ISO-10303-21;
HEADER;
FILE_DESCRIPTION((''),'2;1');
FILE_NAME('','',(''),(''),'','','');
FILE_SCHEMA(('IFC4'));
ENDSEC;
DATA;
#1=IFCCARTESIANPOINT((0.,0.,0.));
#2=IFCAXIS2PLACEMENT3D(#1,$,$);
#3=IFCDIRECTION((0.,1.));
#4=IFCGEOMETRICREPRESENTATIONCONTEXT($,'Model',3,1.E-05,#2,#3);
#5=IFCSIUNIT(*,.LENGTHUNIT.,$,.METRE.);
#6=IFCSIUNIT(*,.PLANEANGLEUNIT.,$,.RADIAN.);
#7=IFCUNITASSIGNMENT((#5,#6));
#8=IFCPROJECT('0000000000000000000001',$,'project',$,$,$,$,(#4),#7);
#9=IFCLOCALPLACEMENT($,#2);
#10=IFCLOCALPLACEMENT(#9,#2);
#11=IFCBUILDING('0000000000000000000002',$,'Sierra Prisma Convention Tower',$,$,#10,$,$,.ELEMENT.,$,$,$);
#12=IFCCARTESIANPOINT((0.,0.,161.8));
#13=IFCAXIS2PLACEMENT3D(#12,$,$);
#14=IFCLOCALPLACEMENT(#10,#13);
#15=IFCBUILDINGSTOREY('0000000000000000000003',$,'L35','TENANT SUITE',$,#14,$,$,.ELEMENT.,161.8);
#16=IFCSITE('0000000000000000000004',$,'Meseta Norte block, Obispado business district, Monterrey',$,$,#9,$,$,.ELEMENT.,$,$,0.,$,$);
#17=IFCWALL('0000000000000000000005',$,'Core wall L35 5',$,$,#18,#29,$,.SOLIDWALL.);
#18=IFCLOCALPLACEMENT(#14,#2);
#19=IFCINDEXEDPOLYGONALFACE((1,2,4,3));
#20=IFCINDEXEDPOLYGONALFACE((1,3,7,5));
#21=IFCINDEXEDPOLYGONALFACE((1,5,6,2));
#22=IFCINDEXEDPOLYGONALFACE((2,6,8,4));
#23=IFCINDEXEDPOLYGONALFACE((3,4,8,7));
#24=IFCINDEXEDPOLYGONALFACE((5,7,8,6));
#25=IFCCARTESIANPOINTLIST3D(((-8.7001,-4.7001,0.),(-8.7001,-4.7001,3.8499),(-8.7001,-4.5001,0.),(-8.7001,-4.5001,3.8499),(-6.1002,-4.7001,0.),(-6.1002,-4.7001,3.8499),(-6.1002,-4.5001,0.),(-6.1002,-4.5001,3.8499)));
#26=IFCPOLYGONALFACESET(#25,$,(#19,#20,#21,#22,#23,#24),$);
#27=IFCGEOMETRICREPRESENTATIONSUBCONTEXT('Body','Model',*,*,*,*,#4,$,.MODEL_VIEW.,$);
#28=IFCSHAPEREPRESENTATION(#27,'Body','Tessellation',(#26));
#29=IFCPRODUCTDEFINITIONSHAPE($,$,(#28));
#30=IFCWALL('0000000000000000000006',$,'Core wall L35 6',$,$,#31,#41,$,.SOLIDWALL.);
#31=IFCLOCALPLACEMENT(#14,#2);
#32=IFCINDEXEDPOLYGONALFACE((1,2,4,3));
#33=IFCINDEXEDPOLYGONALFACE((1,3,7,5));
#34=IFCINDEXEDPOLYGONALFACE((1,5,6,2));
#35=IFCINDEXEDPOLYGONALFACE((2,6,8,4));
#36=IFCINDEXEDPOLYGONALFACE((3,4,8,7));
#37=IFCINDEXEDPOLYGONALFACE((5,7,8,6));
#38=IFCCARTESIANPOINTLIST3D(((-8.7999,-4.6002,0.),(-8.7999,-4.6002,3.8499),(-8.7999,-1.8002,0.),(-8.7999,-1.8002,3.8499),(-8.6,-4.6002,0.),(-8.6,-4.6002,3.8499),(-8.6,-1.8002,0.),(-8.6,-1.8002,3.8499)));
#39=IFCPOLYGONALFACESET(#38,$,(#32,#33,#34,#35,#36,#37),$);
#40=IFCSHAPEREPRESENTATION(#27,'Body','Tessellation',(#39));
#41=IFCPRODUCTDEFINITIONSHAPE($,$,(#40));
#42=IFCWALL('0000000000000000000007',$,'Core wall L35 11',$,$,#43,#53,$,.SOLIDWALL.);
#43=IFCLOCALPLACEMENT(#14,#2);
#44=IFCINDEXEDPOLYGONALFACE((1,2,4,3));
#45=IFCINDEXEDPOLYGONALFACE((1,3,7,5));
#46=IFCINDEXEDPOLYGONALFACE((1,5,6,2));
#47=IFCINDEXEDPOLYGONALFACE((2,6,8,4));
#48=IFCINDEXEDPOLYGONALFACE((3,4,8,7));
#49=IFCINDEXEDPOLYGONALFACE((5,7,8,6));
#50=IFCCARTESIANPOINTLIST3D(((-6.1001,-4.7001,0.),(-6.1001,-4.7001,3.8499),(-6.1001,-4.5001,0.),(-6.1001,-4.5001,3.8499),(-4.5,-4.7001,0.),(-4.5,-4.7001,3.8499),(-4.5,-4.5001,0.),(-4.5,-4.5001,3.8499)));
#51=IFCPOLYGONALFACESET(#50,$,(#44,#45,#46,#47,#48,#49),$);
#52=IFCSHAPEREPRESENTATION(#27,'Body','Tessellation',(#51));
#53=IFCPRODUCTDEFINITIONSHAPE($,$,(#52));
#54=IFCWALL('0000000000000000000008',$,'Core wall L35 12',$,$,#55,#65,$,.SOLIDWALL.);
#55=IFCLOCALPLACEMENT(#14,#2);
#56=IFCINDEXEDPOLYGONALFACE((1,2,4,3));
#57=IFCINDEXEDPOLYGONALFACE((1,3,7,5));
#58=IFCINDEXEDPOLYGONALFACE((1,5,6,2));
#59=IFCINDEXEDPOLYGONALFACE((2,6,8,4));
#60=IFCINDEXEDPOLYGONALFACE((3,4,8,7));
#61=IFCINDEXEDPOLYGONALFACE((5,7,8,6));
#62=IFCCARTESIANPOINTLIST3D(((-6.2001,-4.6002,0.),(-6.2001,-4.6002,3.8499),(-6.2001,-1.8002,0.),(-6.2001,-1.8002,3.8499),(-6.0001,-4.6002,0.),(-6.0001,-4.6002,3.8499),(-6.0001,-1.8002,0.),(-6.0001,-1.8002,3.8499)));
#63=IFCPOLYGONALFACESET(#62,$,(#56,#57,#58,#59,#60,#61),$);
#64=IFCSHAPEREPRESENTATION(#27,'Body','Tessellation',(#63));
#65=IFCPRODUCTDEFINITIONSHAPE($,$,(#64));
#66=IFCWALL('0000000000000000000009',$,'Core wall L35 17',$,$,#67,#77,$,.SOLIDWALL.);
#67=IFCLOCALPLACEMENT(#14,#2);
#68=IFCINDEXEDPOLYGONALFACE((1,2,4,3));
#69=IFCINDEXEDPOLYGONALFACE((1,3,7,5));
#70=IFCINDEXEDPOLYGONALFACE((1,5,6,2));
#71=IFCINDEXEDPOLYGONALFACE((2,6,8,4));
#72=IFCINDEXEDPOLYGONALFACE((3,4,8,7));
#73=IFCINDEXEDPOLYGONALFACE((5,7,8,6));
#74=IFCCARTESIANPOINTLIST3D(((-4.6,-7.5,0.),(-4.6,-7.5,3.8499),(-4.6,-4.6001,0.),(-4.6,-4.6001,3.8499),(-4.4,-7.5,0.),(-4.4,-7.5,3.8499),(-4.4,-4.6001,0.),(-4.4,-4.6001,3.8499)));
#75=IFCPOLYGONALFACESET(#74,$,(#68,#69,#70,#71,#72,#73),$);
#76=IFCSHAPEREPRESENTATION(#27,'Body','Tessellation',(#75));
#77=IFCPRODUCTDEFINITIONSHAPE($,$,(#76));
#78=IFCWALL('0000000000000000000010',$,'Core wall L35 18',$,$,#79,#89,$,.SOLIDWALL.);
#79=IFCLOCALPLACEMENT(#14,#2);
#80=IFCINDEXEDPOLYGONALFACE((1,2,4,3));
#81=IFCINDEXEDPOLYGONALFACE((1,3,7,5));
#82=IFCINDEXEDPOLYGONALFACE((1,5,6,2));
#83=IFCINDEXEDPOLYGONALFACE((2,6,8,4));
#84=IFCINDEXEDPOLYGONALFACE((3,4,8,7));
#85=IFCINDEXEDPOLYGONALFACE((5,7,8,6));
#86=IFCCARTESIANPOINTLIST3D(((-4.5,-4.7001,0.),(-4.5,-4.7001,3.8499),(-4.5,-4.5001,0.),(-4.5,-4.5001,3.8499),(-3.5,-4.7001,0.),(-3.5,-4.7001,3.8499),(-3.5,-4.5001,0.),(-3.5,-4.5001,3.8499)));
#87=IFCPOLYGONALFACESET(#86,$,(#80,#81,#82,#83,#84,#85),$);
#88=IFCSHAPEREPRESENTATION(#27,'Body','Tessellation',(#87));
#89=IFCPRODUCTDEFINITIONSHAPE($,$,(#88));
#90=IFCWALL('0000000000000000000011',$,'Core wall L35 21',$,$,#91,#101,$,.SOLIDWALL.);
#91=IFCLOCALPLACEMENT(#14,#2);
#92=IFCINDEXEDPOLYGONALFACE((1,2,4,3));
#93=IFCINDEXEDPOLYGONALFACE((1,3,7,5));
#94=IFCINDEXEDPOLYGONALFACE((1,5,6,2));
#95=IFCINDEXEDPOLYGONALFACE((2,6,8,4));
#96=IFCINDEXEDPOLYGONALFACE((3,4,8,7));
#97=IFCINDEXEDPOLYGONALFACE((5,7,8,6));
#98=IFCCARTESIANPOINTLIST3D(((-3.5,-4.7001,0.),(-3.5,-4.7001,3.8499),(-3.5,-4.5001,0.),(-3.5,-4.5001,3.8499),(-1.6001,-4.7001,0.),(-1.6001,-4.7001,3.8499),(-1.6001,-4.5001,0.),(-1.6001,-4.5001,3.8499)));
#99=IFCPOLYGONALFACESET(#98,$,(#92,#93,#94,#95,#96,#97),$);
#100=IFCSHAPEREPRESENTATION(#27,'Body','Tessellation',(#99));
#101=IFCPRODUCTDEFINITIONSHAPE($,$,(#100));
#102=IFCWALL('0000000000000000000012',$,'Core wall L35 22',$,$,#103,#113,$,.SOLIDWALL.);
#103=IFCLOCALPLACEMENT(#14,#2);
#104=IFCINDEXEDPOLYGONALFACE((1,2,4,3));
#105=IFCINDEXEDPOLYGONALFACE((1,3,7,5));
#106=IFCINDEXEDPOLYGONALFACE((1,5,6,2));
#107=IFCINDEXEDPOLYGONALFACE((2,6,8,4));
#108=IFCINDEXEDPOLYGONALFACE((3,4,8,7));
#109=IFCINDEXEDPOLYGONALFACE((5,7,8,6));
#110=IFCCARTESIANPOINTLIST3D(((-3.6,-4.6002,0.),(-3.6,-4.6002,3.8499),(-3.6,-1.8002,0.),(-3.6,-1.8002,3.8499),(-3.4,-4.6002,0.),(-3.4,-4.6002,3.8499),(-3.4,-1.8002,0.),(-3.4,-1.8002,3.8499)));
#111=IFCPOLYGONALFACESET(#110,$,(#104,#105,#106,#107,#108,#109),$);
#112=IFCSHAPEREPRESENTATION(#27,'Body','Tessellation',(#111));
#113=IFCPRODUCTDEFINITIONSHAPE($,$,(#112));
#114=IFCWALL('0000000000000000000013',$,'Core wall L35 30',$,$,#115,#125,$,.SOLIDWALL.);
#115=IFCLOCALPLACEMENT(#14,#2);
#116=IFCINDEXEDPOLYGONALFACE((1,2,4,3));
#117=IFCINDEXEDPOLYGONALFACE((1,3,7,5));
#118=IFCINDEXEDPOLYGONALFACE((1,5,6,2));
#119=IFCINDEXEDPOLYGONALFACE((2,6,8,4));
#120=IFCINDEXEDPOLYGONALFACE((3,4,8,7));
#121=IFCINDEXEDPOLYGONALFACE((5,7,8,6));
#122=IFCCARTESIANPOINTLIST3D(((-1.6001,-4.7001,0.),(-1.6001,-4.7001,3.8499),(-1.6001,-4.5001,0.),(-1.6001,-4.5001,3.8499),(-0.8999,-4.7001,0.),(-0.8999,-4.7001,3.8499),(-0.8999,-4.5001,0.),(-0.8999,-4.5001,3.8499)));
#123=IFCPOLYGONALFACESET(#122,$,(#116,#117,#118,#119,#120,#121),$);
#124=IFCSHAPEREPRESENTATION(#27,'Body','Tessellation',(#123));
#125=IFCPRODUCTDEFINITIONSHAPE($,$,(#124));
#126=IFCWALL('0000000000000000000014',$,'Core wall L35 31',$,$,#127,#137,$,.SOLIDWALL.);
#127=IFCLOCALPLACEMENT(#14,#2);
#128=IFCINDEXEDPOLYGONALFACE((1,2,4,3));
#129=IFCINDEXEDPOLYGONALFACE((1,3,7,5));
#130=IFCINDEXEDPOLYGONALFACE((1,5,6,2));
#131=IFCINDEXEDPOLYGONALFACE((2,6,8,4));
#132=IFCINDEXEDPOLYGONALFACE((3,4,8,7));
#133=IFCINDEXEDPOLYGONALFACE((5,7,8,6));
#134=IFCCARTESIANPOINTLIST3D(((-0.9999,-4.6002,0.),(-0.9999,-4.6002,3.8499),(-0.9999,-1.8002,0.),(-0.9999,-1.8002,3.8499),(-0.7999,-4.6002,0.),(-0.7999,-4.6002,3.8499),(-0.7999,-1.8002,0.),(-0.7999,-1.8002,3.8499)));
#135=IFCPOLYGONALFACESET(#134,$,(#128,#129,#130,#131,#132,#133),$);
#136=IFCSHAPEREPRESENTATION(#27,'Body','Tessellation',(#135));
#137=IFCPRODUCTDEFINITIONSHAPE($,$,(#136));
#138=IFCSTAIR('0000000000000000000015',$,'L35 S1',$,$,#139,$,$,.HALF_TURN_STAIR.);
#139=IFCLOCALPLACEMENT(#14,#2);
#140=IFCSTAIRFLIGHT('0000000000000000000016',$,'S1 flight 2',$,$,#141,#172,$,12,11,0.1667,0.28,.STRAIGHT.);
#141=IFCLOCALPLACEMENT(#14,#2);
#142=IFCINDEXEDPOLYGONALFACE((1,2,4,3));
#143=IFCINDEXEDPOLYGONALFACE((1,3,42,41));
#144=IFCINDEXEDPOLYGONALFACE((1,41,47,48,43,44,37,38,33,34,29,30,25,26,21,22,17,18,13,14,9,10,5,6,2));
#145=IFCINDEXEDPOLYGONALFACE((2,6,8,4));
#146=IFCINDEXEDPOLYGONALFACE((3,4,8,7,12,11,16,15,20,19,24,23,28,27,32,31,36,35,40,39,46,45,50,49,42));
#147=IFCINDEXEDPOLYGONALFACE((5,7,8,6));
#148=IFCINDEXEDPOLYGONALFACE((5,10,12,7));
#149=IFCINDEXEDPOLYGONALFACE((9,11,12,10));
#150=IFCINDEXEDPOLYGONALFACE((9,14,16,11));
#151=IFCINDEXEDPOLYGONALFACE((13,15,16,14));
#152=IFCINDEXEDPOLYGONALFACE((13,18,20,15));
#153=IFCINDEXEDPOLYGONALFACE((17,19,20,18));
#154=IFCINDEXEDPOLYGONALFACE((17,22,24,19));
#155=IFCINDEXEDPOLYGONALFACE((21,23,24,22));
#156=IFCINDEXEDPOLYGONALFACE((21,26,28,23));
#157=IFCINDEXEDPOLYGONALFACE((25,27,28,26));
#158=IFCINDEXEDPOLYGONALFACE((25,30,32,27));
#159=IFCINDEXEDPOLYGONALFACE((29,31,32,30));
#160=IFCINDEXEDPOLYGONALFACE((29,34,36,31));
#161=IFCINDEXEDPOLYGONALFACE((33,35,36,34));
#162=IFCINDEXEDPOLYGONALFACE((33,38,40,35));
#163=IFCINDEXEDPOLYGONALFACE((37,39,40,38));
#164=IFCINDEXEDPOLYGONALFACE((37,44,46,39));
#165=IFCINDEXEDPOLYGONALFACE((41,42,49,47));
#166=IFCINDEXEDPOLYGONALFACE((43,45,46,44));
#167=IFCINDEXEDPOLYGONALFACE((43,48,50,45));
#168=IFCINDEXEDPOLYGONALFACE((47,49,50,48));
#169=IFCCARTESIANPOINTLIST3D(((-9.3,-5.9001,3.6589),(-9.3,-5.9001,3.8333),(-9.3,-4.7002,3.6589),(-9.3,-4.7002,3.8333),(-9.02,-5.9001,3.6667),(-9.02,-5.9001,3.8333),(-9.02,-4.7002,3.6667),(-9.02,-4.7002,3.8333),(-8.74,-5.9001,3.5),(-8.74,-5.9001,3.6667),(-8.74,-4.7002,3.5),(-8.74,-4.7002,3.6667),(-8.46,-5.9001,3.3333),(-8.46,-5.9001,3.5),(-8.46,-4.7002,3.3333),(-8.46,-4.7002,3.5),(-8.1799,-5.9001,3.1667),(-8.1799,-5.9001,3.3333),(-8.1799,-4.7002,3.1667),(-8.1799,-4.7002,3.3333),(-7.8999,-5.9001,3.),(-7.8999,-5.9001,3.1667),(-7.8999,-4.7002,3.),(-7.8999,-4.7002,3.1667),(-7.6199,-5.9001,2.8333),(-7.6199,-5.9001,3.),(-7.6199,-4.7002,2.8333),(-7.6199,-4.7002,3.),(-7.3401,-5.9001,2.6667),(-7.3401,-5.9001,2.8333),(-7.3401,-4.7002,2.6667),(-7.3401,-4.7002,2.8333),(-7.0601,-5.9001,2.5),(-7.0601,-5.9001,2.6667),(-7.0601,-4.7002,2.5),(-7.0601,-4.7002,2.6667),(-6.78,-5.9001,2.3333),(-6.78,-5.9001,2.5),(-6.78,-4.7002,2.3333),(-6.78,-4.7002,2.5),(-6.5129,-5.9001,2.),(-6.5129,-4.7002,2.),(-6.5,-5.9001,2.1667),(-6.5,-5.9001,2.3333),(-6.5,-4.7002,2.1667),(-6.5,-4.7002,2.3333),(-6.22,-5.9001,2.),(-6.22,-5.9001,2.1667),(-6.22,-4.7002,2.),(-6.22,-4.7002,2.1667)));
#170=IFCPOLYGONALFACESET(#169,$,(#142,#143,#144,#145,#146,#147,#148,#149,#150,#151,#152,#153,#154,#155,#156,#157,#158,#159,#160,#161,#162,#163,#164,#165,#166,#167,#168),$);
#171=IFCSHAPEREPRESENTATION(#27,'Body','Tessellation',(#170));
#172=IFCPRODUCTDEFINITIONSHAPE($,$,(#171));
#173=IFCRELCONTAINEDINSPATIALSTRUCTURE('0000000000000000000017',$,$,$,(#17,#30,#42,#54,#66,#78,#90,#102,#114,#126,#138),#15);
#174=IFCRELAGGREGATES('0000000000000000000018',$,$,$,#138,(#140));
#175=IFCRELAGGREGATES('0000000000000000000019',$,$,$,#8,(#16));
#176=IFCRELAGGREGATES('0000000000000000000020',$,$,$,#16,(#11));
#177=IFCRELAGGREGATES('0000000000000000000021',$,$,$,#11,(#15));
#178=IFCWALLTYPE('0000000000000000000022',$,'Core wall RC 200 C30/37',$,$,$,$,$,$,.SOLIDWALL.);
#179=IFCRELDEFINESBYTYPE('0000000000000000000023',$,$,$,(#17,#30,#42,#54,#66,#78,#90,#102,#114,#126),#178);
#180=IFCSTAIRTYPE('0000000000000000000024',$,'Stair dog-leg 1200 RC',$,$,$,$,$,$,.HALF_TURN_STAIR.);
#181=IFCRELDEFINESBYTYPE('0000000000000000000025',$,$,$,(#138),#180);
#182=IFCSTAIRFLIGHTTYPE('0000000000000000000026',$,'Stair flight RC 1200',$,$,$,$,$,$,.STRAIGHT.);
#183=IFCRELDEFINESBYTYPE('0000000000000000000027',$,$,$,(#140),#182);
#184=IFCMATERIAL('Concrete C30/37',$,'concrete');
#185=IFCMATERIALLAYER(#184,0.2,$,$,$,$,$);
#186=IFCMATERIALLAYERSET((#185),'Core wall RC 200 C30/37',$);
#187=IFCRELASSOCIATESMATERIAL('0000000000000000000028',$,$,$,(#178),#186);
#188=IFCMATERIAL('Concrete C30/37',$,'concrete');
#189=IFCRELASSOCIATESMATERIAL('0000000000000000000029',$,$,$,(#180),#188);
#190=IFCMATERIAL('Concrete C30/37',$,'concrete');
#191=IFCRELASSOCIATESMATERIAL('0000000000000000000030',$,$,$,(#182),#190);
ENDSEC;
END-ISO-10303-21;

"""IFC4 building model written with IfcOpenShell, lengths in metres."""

from ifc_helpers import new_model, si_unit, direction, frame, frame_2d, origin, place, context, subcontext, project, spatial, polyline, rectangle, outline, extrude, material, layer, layer_set, type_object, element, aggregate, save


model = new_model("IFC4")

# Units and contexts
model_context = context("Model", 3, precision=1e-05, world=origin(), true_north=direction((0.0, 1.0)))
body_context = subcontext(model_context, "Body", "Model", "MODEL_VIEW")
ifc_project = project(units=[si_unit("LENGTHUNIT", "METRE"), si_unit("PLANEANGLEUNIT", "RADIAN")], contexts=[model_context])

# Site, building, storey
site_placement = place(None, origin())
site = spatial("IfcSite", under=ifc_project, at=site_placement, Name="Meseta Norte block, Obispado business district, Monterrey", CompositionType="ELEMENT", RefElevation=0.0)
building_placement = place(site_placement, origin())
building = spatial("IfcBuilding", under=site, at=building_placement, Name="Sierra Prisma Convention Tower", CompositionType="ELEMENT")
storey_placement = place(building_placement, frame((0.0, 0.0, 161.8)))
storey = spatial("IfcBuildingStorey", under=building, at=storey_placement, Name="L35", Description="TENANT SUITE", CompositionType="ELEMENT", Elevation=161.8)

# Shared definitions
ifc_material_1 = material(Name="Concrete C30/37", Category="concrete")
ifc_layer = layer(ifc_material_1, 0.2)
ifc_layer_set = layer_set([ifc_layer], Name="Core wall RC 200 C30/37")
wall_type = type_object("IfcWallType", Name="Core wall RC 200 C30/37", PredefinedType="SOLIDWALL", material=ifc_layer_set)

# Walls
wall_1_placement = place(storey_placement, frame((-8.7, -4.6001, 0.0), z_axis=(0.0, 0.0, 1.0), x_axis=(1.0, 0.0, 0.0)))
element("IfcWall", 1, at=wall_1_placement, inside=storey, type_object=wall_type, Name="Core wall L35 5", PredefinedType="SOLIDWALL", context=body_context, shape_type="SweptSolid", body=[
    extrude(rectangle(XDim=2.5999, YDim=0.2, at=frame_2d((1.2998, 0.0))), origin(), (0.0, 0.0, 1.0), 3.8499),
])
wall_2_placement = place(storey_placement, frame((-8.7, -4.6001, 0.0), z_axis=(0.0, 0.0, 1.0), x_axis=(0.0, 1.0, 0.0)))
element("IfcWall", 2, at=wall_2_placement, inside=storey, type_object=wall_type, Name="Core wall L35 6", PredefinedType="SOLIDWALL", context=body_context, shape_type="SweptSolid", body=[
    extrude(rectangle(XDim=2.8, YDim=0.2, at=frame_2d((1.3999, 0.0))), origin(), (0.0, 0.0, 1.0), 3.8499),
])

# Walls
wall_3_placement = place(storey_placement, frame((-6.1001, -4.6001, 0.0), z_axis=(0.0, 0.0, 1.0), x_axis=(1.0, 0.0, 0.0)))
element("IfcWall", 3, at=wall_3_placement, inside=storey, type_object=wall_type, Name="Core wall L35 11", PredefinedType="SOLIDWALL", context=body_context, shape_type="SweptSolid", body=[
    extrude(rectangle(XDim=1.6001, YDim=0.2, at=frame_2d((0.8, 0.0))), origin(), (0.0, 0.0, 1.0), 3.8499),
])
wall_4_placement = place(storey_placement, frame((-6.1001, -4.6001, 0.0), z_axis=(0.0, 0.0, 1.0), x_axis=(0.0, 1.0, 0.0)))
element("IfcWall", 4, at=wall_4_placement, inside=storey, type_object=wall_type, Name="Core wall L35 12", PredefinedType="SOLIDWALL", context=body_context, shape_type="SweptSolid", body=[
    extrude(rectangle(XDim=2.8, YDim=0.2, at=frame_2d((1.3999, 0.0))), origin(), (0.0, 0.0, 1.0), 3.8499),
])

# Walls
wall_5_placement = place(storey_placement, frame((-4.5, -4.6001, 0.0), z_axis=(0.0, 0.0, 1.0), x_axis=(0.0, -1.0, 0.0)))
element("IfcWall", 5, at=wall_5_placement, inside=storey, type_object=wall_type, Name="Core wall L35 17", PredefinedType="SOLIDWALL", context=body_context, shape_type="SweptSolid", body=[
    extrude(rectangle(XDim=2.8999, YDim=0.2, at=frame_2d((1.45, 0.0))), origin(), (0.0, 0.0, 1.0), 3.8499),
])
wall_6_placement = place(storey_placement, frame((-4.5, -4.6001, 0.0), z_axis=(0.0, 0.0, 1.0), x_axis=(1.0, 0.0, 0.0)))
element("IfcWall", 6, at=wall_6_placement, inside=storey, type_object=wall_type, Name="Core wall L35 18", PredefinedType="SOLIDWALL", context=body_context, shape_type="SweptSolid", body=[
    extrude(rectangle(XDim=1.0, YDim=0.2, at=frame_2d((0.5, 0.0))), origin(), (0.0, 0.0, 1.0), 3.8499),
])
wall_7_placement = place(storey_placement, frame((-3.5, -4.6001, 0.0), z_axis=(0.0, 0.0, 1.0), x_axis=(1.0, 0.0, 0.0)))
element("IfcWall", 7, at=wall_7_placement, inside=storey, type_object=wall_type, Name="Core wall L35 21", PredefinedType="SOLIDWALL", context=body_context, shape_type="SweptSolid", body=[
    extrude(rectangle(XDim=1.8999, YDim=0.2, at=frame_2d((0.95, 0.0))), origin(), (0.0, 0.0, 1.0), 3.8499),
])
wall_8_placement = place(storey_placement, frame((-3.5, -4.6001, 0.0), z_axis=(0.0, 0.0, 1.0), x_axis=(0.0, 1.0, 0.0)))
element("IfcWall", 8, at=wall_8_placement, inside=storey, type_object=wall_type, Name="Core wall L35 22", PredefinedType="SOLIDWALL", context=body_context, shape_type="SweptSolid", body=[
    extrude(rectangle(XDim=2.8, YDim=0.2, at=frame_2d((1.3999, 0.0))), origin(), (0.0, 0.0, 1.0), 3.8499),
])

# Walls
wall_9_placement = place(storey_placement, frame((-1.6001, -4.6001, 0.0), z_axis=(0.0, 0.0, 1.0), x_axis=(1.0, 0.0, 0.0)))
element("IfcWall", 9, at=wall_9_placement, inside=storey, type_object=wall_type, Name="Core wall L35 30", PredefinedType="SOLIDWALL", context=body_context, shape_type="SweptSolid", body=[
    extrude(rectangle(XDim=0.7002, YDim=0.2, at=frame_2d((0.3501, 0.0))), origin(), (0.0, 0.0, 1.0), 3.8499),
])
wall_10_placement = place(storey_placement, frame((-0.8999, -4.6001, 0.0), z_axis=(0.0, 0.0, 1.0), x_axis=(0.0, 1.0, 0.0)))
element("IfcWall", 10, at=wall_10_placement, inside=storey, type_object=wall_type, Name="Core wall L35 31", PredefinedType="SOLIDWALL", context=body_context, shape_type="SweptSolid", body=[
    extrude(rectangle(XDim=2.8, YDim=0.2, at=frame_2d((1.3999, 0.0))), origin(), (0.0, 0.0, 1.0), 3.8499),
])

# Stair, stair flight
ifc_material_2 = material(Name="Concrete C30/37", Category="concrete")
stair_type = type_object("IfcStairType", Name="Stair dog-leg 1200 RC", PredefinedType="HALF_TURN_STAIR", material=ifc_material_2)
stair_placement = place(storey_placement, origin())
stair = element("IfcStair", 11, at=stair_placement, inside=storey, type_object=stair_type, Name="L35 S1", PredefinedType="HALF_TURN_STAIR")
ifc_material_3 = material(Name="Concrete C30/37", Category="concrete")
stair_flight_type = type_object("IfcStairFlightType", Name="Stair flight RC 1200", PredefinedType="STRAIGHT", material=ifc_material_3)
stair_flight_placement = place(storey_placement, frame((-6.22, -5.3, 2.0), z_axis=(0.0, 0.0, 1.0), x_axis=(-1.0, 0.0, 0.0)))
stair_flight = element("IfcStairFlight", 12, at=stair_flight_placement, type_object=stair_flight_type, Name="S1 flight 2", NumberOfRisers=12, NumberOfTreads=11, PredefinedType="STRAIGHT", RiserHeight=0.1667, TreadLength=0.28, context=body_context, shape_type="SweptSolid", body=[
    extrude(outline(polyline([(0.0, 0.0), (0.0, 0.1667), (0.28, 0.1667), (0.28, 0.3333), (0.5601, 0.3333), (0.5601, 0.5), (0.8401, 0.5), (0.8401, 0.6667), (1.1201, 0.6667), (1.1201, 0.8333), (1.3999, 0.8333), (1.3999, 1.0), (1.6799, 1.0), (1.6799, 1.1667), (1.96, 1.1667), (1.96, 1.3333), (2.24, 1.3333), (2.24, 1.5), (2.52, 1.5), (2.52, 1.6667), (2.8, 1.6667), (2.8, 1.8333), (3.0801, 1.8333), (3.0801, 2.0), (3.0801, 1.6589), (0.293, 0.0), (0.0, 0.0)])), frame((0.0, 0.6001, 0.0), z_axis=(0.0, -1.0, 0.0), x_axis=(1.0, 0.0, 0.0)), (0.0, 0.0, 1.0), 1.2),
])
aggregate(stair, [stair_flight])

save(model, "model.ifc")
